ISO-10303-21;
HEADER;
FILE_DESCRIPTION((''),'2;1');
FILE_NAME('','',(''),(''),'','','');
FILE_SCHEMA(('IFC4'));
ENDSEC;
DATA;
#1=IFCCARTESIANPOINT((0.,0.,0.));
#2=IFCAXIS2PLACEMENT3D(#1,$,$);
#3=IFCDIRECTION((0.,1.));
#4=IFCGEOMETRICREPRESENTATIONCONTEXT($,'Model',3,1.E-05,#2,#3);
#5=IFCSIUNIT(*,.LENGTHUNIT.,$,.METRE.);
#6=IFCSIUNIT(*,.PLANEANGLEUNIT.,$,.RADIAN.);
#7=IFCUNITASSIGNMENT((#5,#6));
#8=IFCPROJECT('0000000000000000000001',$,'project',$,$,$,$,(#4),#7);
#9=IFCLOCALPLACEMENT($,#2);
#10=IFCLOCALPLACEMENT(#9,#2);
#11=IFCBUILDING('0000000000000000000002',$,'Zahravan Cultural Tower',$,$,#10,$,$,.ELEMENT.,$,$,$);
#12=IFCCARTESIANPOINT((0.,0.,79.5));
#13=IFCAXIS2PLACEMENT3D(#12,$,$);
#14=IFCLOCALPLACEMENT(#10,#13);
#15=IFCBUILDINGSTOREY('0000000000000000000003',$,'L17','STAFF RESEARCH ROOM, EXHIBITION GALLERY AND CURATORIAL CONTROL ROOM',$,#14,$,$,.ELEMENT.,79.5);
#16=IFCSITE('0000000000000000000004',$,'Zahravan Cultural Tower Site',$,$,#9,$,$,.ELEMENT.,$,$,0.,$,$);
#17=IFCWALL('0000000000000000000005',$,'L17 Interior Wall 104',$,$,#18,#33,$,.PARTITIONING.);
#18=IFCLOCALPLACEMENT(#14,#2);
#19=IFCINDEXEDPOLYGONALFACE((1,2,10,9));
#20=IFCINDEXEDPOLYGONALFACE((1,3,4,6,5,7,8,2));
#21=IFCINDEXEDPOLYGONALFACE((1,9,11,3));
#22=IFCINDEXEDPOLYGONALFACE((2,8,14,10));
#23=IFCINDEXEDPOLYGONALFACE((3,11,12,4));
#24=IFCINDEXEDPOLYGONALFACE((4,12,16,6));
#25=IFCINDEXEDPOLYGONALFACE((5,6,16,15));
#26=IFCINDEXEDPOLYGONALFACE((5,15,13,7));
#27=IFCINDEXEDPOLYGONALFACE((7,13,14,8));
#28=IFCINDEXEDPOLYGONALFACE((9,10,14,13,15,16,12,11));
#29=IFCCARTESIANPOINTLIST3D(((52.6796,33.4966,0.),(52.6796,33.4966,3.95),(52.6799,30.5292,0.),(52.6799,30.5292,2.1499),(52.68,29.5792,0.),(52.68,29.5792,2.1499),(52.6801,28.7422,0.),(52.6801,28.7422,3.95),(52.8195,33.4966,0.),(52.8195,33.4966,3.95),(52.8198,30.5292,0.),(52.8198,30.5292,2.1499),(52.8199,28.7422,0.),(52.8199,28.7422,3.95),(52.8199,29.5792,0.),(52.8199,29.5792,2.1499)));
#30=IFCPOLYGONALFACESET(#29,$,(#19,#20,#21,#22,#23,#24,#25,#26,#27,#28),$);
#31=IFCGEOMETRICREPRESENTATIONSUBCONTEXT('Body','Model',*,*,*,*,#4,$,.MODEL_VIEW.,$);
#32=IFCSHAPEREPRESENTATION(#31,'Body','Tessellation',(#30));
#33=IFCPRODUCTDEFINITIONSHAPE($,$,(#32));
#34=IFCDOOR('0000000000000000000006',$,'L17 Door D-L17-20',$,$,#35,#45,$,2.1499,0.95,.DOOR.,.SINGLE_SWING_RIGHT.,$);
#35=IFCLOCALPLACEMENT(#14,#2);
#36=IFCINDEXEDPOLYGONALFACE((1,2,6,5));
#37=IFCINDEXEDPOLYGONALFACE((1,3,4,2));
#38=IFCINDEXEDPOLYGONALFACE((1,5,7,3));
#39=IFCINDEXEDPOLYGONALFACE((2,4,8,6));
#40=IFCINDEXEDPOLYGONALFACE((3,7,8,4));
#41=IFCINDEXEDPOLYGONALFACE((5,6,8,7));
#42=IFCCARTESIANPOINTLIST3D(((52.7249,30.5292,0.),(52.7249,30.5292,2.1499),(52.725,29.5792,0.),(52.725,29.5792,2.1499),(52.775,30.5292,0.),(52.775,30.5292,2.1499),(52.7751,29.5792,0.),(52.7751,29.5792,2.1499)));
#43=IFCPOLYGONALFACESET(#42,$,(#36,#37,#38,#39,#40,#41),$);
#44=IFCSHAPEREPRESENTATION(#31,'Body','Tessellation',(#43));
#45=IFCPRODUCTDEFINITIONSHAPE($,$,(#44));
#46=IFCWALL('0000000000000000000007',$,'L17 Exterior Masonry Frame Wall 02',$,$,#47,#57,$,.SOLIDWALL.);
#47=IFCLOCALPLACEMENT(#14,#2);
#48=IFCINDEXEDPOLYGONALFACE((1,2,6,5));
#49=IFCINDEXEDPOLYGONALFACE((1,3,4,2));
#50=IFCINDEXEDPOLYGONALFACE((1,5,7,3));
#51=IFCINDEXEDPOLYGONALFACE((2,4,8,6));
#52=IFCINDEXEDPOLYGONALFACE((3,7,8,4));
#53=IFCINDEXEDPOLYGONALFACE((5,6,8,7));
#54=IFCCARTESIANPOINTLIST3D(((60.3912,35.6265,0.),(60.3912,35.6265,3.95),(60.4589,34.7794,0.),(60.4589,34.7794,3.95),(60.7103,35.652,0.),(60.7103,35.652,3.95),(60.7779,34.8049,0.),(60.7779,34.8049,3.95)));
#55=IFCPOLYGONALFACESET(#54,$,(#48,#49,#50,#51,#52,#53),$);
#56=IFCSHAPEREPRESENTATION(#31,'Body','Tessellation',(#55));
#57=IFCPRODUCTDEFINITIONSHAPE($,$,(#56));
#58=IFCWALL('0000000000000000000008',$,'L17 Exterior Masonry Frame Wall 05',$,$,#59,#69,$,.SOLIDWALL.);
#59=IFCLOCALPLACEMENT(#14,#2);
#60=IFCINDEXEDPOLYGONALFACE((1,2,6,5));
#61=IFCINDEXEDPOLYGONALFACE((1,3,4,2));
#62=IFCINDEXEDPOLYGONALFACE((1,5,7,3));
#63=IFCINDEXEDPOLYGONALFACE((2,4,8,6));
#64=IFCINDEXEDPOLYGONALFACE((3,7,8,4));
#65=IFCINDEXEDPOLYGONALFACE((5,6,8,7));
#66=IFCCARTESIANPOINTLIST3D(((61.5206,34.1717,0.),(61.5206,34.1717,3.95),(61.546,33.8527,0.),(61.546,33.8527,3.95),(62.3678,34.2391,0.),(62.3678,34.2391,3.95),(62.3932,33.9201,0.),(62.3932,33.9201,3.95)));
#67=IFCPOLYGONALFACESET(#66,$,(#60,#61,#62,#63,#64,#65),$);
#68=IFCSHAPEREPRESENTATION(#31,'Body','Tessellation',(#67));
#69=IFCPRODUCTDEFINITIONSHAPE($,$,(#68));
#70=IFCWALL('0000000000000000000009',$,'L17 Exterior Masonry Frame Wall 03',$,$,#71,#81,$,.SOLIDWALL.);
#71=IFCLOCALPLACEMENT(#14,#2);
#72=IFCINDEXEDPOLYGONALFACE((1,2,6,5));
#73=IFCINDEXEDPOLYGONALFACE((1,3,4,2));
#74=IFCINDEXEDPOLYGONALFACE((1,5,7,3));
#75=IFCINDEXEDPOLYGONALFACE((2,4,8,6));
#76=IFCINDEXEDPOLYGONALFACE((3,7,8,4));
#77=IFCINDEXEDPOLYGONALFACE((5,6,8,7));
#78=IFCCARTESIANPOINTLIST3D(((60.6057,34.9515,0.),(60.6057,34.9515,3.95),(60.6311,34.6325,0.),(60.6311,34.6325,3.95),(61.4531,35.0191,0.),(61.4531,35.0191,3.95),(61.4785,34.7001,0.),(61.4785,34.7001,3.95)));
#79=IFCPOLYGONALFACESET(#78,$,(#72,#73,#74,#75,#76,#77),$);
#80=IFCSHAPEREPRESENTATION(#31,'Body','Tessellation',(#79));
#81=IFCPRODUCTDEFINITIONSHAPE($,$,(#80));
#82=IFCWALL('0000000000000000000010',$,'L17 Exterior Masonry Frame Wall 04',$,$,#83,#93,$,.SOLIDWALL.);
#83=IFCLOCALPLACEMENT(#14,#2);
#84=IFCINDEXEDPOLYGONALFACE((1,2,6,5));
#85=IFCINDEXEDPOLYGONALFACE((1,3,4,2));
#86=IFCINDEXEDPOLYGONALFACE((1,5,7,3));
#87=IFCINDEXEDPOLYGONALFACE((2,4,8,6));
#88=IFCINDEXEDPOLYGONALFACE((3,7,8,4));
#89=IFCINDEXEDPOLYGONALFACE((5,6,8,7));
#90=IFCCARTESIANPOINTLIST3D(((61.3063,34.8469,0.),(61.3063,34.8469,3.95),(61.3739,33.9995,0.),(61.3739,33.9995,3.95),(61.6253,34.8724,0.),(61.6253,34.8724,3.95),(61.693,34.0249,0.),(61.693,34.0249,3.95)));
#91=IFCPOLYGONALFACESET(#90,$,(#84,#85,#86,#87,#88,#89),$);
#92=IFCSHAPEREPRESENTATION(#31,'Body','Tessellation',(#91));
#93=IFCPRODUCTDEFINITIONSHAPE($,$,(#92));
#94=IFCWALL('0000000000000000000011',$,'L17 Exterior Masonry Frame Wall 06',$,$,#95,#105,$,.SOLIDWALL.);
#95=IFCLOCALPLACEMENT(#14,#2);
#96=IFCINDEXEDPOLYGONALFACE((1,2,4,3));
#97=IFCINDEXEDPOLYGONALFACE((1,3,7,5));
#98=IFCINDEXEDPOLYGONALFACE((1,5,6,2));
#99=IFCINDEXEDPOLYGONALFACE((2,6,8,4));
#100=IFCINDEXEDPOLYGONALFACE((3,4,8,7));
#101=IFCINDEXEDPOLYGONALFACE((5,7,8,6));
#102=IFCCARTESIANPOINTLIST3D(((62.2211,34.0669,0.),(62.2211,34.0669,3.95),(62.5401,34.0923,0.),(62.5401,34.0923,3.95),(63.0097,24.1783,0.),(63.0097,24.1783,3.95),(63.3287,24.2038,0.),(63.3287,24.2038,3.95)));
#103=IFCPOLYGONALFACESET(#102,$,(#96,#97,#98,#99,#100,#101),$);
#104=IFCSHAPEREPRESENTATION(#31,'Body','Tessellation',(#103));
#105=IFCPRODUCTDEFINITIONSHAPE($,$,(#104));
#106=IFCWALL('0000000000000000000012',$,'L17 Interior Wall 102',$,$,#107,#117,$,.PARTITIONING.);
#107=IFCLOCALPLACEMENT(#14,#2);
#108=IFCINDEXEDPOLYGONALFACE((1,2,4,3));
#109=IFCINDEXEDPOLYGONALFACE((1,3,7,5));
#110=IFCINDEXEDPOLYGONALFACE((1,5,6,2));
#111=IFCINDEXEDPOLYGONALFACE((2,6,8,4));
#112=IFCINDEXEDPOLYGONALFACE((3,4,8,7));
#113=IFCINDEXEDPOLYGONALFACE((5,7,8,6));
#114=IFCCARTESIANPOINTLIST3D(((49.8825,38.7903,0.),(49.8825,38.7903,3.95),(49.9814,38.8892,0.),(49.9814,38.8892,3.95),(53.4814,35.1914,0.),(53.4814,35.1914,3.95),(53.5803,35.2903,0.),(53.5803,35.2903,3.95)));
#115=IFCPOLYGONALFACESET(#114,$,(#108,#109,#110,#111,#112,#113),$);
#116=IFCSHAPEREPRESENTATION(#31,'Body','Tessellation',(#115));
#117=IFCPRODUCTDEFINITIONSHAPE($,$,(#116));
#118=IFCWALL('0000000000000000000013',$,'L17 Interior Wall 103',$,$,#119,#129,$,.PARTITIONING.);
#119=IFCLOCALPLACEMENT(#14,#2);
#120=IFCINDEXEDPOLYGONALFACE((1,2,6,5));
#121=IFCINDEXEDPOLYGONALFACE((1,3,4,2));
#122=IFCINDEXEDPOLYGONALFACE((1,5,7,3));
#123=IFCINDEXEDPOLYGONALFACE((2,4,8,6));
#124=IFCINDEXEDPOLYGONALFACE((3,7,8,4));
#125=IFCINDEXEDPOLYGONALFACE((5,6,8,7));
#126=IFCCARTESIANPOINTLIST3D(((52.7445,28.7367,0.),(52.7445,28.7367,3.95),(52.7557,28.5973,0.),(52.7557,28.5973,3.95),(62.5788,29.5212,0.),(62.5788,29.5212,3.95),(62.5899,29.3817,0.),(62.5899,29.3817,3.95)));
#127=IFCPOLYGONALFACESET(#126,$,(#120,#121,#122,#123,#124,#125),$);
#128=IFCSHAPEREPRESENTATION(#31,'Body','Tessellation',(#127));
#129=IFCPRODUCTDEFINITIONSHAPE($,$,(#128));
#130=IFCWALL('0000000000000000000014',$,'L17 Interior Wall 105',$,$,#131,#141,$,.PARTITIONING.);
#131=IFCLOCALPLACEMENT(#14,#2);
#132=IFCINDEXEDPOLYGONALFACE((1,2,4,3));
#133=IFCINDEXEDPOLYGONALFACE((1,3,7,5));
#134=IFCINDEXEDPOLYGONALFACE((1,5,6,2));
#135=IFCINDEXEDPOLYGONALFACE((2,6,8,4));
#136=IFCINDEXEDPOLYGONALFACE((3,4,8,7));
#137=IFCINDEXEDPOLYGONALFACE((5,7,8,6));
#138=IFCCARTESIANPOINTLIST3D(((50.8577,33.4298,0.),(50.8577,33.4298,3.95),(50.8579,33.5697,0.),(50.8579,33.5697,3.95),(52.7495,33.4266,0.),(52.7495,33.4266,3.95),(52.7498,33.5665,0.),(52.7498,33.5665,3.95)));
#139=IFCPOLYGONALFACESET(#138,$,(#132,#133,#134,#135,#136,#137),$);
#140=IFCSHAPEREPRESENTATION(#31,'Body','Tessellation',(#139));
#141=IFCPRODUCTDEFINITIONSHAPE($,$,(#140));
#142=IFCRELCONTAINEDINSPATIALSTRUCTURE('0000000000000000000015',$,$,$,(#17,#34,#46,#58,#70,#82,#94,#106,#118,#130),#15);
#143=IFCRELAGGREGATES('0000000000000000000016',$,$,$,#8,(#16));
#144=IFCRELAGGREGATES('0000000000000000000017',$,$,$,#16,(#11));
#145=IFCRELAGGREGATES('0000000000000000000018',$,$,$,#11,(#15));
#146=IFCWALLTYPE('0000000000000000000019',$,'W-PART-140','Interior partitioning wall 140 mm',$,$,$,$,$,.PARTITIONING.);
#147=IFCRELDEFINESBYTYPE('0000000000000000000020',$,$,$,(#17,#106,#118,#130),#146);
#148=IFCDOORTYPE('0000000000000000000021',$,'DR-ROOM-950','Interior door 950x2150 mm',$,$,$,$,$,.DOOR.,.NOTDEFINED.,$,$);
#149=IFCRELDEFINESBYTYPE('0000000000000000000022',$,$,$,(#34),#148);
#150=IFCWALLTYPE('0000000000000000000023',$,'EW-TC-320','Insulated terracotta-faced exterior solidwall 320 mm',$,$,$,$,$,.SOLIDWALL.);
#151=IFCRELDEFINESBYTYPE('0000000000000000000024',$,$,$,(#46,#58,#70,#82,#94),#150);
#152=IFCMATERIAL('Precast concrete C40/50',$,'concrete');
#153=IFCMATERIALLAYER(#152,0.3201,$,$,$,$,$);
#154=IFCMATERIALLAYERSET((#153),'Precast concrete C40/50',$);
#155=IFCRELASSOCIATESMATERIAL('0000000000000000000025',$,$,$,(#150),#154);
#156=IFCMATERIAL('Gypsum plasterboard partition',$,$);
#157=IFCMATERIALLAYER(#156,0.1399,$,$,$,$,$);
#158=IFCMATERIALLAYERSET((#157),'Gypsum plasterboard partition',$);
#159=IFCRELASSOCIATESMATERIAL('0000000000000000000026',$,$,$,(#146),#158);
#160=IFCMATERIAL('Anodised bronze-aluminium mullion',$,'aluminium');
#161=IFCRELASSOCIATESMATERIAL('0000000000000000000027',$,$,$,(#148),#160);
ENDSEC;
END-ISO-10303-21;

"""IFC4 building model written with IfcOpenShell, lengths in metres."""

from ifc_helpers import new_model, si_unit, direction, frame, frame_2d, origin, place, context, subcontext, project, spatial, rectangle, extrude, source, transform, mapped, material, layer, layer_set, type_object, element, fill, save


model = new_model("IFC4")

# Units and contexts
model_context = context("Model", 3, precision=1e-05, world=origin(), true_north=direction((0.0, 1.0)))
body_context = subcontext(model_context, "Body", "Model", "MODEL_VIEW")
ifc_project = project(units=[si_unit("LENGTHUNIT", "METRE"), si_unit("PLANEANGLEUNIT", "RADIAN")], contexts=[model_context])

# Site, building, storey
site_placement = place(None, origin())
site = spatial("IfcSite", under=ifc_project, at=site_placement, Name="Zahravan Cultural Tower Site", CompositionType="ELEMENT", RefElevation=0.0)
building_placement = place(site_placement, origin())
building = spatial("IfcBuilding", under=site, at=building_placement, Name="Zahravan Cultural Tower", CompositionType="ELEMENT")
storey_placement = place(building_placement, frame((0.0, 0.0, 79.5)))
storey = spatial("IfcBuildingStorey", under=building, at=storey_placement, Name="L17", Description="STAFF RESEARCH ROOM, EXHIBITION GALLERY AND CURATORIAL CONTROL ROOM", CompositionType="ELEMENT", Elevation=79.5)

# Shared definitions
ifc_material_1 = material(Name="Precast concrete C40/50", Category="concrete")
ifc_layer_1 = layer(ifc_material_1, 0.3201)
ifc_layer_set_1 = layer_set([ifc_layer_1], Name="Precast concrete C40/50")
wall_type_1 = type_object("IfcWallType", Name="EW-TC-320", Description="Insulated terracotta-faced exterior solidwall 320 mm", PredefinedType="SOLIDWALL", material=ifc_layer_set_1)

# Wall, opening, door
ifc_material_2 = material(Name="Gypsum plasterboard partition")
ifc_layer_2 = layer(ifc_material_2, 0.1399)
ifc_layer_set_2 = layer_set([ifc_layer_2], Name="Gypsum plasterboard partition")
wall_type_2 = type_object("IfcWallType", Name="W-PART-140", Description="Interior partitioning wall 140 mm", PredefinedType="PARTITIONING", material=ifc_layer_set_2)
wall_1_placement = place(storey_placement, frame((52.75, 28.7422, 0.0), z_axis=(0.0, 0.0, 1.0), x_axis=(-0.000103, 1.0, 0.0)))
wall_1 = element("IfcWall", 1, at=wall_1_placement, inside=storey, type_object=wall_type_2, Name="L17 Interior Wall 104", PredefinedType="PARTITIONING", context=body_context, shape_type="SweptSolid", body=[
    extrude(rectangle(XDim=4.7544, YDim=0.1399, at=frame_2d((2.3772, 0.0))), origin(), (0.0, 0.0, 1.0), 3.95),
])
opening_1_placement = place(wall_1_placement, frame((0.8369, 0.0, 0.0)))
opening_1 = element("IfcOpeningElement", 2, at=opening_1_placement, cuts=wall_1, PredefinedType="OPENING", context=body_context, shape_type="SweptSolid", body=[
    extrude(rectangle(XDim=0.95, YDim=2.1499, at=frame_2d((0.4751, 1.075))), frame((0.0, 0.0798, 0.0), z_axis=(0.0, -1.0, 0.0), x_axis=(1.0, 0.0, 0.0)), (0.0, 0.0, 1.0), 0.1599),
])
ifc_material_3 = material(Name="Anodised bronze-aluminium mullion", Category="aluminium")
door_type = type_object("IfcDoorType", Name="DR-ROOM-950", Description="Interior door 950x2150 mm", OperationType="NOTDEFINED", PredefinedType="DOOR", material=ifc_material_3)
shared_shape_1 = source(origin(), body_context, "Body", "SweptSolid", [
    extrude(rectangle(XDim=0.95, YDim=2.1499, at=frame_2d((0.4751, 1.075))), frame((0.0, 0.0249, 0.0), z_axis=(0.0, -1.0, 0.0), x_axis=(1.0, 0.0, 0.0)), (0.0, 0.0, 1.0), 0.05),
])
door_placement = place(opening_1_placement, origin())
door = element("IfcDoor", 3, at=door_placement, inside=storey, type_object=door_type, Name="L17 Door D-L17-20", OperationType="SINGLE_SWING_RIGHT", OverallHeight=2.1499, OverallWidth=0.95, PredefinedType="DOOR", context=body_context, shape_type="MappedRepresentation", body=[
    mapped(shared_shape_1, transform((0.0, 0.0, 0.0), x_axis=(1.0, 0.0, 0.0), y_axis=(0.0, 1.0, 0.0), z_axis=(0.0, 0.0, 1.0), scale=1.0)),
])
fill(opening_1, door)

# Walls
shared_shape_2 = source(origin(), body_context, "Body", "SweptSolid", [
    extrude(rectangle(XDim=0.8499, YDim=0.3201, at=frame_2d((0.4248, 0.0))), origin(), (0.0, 0.0, 1.0), 3.95),
])
for number, where, z_axis, x_axis, name in (
    (4, (60.5508, 35.6392, 0.0), (0.0, 0.0, 1.0), (0.079574, -0.996829, 0.0), "L17 Exterior Masonry Frame Wall 02"),
    (5, (61.5334, 34.0122, 0.0), (0.0, 0.0, 1.0), (0.996852, 0.079288, 0.0), "L17 Exterior Masonry Frame Wall 05"),
):
    element("IfcWall", number, at=place(storey_placement, frame(where, z_axis=z_axis, x_axis=x_axis)), inside=storey, type_object=wall_type_1, Name=name, PredefinedType="SOLIDWALL", context=body_context, shape_type="MappedRepresentation", body=[
        mapped(shared_shape_2, transform((0.0, 0.0, 0.0), x_axis=(1.0, 0.0, 0.0), y_axis=(0.0, 1.0, 0.0), z_axis=(0.0, 0.0, 1.0), scale=1.0)),
    ])
shared_shape_3 = source(origin(), body_context, "Body", "SweptSolid", [
    extrude(rectangle(XDim=0.8501, YDim=0.3201, at=frame_2d((0.425, 0.0))), origin(), (0.0, 0.0, 1.0), 3.95),
])
for number, where, z_axis, x_axis, name in (
    (6, (60.6184, 34.792, 0.0), (0.0, 0.0, 1.0), (0.996831, 0.079551, 0.0), "L17 Exterior Masonry Frame Wall 03"),
    (7, (61.4658, 34.8596, 0.0), (0.0, 0.0, 1.0), (0.079551, -0.996831, 0.0), "L17 Exterior Masonry Frame Wall 04"),
):
    element("IfcWall", number, at=place(storey_placement, frame(where, z_axis=z_axis, x_axis=x_axis)), inside=storey, type_object=wall_type_1, Name=name, PredefinedType="SOLIDWALL", context=body_context, shape_type="MappedRepresentation", body=[
        mapped(shared_shape_3, transform((0.0, 0.0, 0.0), x_axis=(1.0, 0.0, 0.0), y_axis=(0.0, 1.0, 0.0), z_axis=(0.0, 0.0, 1.0), scale=1.0)),
    ])
shared_shape_4 = source(origin(), body_context, "Body", "SweptSolid", [
    extrude(rectangle(XDim=9.9199, YDim=0.3201, at=frame_2d((4.96, 0.0))), origin(), (0.0, 0.0, 1.0), 3.95),
])
wall_2_placement = place(storey_placement, frame((62.3806, 34.0796, 0.0), z_axis=(0.0, 0.0, 1.0), x_axis=(0.079495, -0.996835, 0.0)))
element("IfcWall", 8, at=wall_2_placement, inside=storey, type_object=wall_type_1, Name="L17 Exterior Masonry Frame Wall 06", PredefinedType="SOLIDWALL", context=body_context, shape_type="MappedRepresentation", body=[
    mapped(shared_shape_4, transform((0.0, 0.0, 0.0), x_axis=(1.0, 0.0, 0.0), y_axis=(0.0, 1.0, 0.0), z_axis=(0.0, 0.0, 1.0), scale=1.0)),
])
shared_shape_5 = source(origin(), body_context, "Body", "SweptSolid", [
    extrude(rectangle(XDim=5.0896, YDim=0.1399, at=frame_2d((2.5449, 0.0))), origin(), (0.0, 0.0, 1.0), 3.95),
])
wall_3_placement = place(storey_placement, frame((49.9319, 38.8398, 0.0), z_axis=(0.0, 0.0, 1.0), x_axis=(0.707107, -0.707107, 0.0)))
element("IfcWall", 9, at=wall_3_placement, inside=storey, type_object=wall_type_2, Name="L17 Interior Wall 102", PredefinedType="PARTITIONING", context=body_context, shape_type="MappedRepresentation", body=[
    mapped(shared_shape_5, transform((0.0, 0.0, 0.0), x_axis=(1.0, 0.0, 0.0), y_axis=(0.0, 1.0, 0.0), z_axis=(0.0, 0.0, 1.0), scale=1.0)),
])
shared_shape_6 = source(origin(), body_context, "Body", "SweptSolid", [
    extrude(rectangle(XDim=9.8655, YDim=0.1399, at=frame_2d((4.9326, 0.0))), origin(), (0.0, 0.0, 1.0), 3.95),
])
wall_4_placement = place(storey_placement, frame((62.5842, 29.4514, 0.0), z_axis=(0.0, 0.0, 1.0), x_axis=(-0.996834, -0.079512, 0.0)))
element("IfcWall", 10, at=wall_4_placement, inside=storey, type_object=wall_type_2, Name="L17 Interior Wall 103", PredefinedType="PARTITIONING", context=body_context, shape_type="MappedRepresentation", body=[
    mapped(shared_shape_6, transform((0.0, 0.0, 0.0), x_axis=(1.0, 0.0, 0.0), y_axis=(0.0, 1.0, 0.0), z_axis=(0.0, 0.0, 1.0), scale=1.0)),
])
shared_shape_7 = source(origin(), body_context, "Body", "SweptSolid", [
    extrude(rectangle(XDim=1.8918, YDim=0.1399, at=frame_2d((0.9458, 0.0))), origin(), (0.0, 0.0, 1.0), 3.95),
])
wall_5_placement = place(storey_placement, frame((52.7495, 33.4966, 0.0), z_axis=(0.0, 0.0, 1.0), x_axis=(-0.999999, 0.001678, 0.0)))
element("IfcWall", 11, at=wall_5_placement, inside=storey, type_object=wall_type_2, Name="L17 Interior Wall 105", PredefinedType="PARTITIONING", context=body_context, shape_type="MappedRepresentation", body=[
    mapped(shared_shape_7, transform((0.0, 0.0, 0.0), x_axis=(1.0, 0.0, 0.0), y_axis=(0.0, 1.0, 0.0), z_axis=(0.0, 0.0, 1.0), scale=1.0)),
])

save(model, "model.ifc")
